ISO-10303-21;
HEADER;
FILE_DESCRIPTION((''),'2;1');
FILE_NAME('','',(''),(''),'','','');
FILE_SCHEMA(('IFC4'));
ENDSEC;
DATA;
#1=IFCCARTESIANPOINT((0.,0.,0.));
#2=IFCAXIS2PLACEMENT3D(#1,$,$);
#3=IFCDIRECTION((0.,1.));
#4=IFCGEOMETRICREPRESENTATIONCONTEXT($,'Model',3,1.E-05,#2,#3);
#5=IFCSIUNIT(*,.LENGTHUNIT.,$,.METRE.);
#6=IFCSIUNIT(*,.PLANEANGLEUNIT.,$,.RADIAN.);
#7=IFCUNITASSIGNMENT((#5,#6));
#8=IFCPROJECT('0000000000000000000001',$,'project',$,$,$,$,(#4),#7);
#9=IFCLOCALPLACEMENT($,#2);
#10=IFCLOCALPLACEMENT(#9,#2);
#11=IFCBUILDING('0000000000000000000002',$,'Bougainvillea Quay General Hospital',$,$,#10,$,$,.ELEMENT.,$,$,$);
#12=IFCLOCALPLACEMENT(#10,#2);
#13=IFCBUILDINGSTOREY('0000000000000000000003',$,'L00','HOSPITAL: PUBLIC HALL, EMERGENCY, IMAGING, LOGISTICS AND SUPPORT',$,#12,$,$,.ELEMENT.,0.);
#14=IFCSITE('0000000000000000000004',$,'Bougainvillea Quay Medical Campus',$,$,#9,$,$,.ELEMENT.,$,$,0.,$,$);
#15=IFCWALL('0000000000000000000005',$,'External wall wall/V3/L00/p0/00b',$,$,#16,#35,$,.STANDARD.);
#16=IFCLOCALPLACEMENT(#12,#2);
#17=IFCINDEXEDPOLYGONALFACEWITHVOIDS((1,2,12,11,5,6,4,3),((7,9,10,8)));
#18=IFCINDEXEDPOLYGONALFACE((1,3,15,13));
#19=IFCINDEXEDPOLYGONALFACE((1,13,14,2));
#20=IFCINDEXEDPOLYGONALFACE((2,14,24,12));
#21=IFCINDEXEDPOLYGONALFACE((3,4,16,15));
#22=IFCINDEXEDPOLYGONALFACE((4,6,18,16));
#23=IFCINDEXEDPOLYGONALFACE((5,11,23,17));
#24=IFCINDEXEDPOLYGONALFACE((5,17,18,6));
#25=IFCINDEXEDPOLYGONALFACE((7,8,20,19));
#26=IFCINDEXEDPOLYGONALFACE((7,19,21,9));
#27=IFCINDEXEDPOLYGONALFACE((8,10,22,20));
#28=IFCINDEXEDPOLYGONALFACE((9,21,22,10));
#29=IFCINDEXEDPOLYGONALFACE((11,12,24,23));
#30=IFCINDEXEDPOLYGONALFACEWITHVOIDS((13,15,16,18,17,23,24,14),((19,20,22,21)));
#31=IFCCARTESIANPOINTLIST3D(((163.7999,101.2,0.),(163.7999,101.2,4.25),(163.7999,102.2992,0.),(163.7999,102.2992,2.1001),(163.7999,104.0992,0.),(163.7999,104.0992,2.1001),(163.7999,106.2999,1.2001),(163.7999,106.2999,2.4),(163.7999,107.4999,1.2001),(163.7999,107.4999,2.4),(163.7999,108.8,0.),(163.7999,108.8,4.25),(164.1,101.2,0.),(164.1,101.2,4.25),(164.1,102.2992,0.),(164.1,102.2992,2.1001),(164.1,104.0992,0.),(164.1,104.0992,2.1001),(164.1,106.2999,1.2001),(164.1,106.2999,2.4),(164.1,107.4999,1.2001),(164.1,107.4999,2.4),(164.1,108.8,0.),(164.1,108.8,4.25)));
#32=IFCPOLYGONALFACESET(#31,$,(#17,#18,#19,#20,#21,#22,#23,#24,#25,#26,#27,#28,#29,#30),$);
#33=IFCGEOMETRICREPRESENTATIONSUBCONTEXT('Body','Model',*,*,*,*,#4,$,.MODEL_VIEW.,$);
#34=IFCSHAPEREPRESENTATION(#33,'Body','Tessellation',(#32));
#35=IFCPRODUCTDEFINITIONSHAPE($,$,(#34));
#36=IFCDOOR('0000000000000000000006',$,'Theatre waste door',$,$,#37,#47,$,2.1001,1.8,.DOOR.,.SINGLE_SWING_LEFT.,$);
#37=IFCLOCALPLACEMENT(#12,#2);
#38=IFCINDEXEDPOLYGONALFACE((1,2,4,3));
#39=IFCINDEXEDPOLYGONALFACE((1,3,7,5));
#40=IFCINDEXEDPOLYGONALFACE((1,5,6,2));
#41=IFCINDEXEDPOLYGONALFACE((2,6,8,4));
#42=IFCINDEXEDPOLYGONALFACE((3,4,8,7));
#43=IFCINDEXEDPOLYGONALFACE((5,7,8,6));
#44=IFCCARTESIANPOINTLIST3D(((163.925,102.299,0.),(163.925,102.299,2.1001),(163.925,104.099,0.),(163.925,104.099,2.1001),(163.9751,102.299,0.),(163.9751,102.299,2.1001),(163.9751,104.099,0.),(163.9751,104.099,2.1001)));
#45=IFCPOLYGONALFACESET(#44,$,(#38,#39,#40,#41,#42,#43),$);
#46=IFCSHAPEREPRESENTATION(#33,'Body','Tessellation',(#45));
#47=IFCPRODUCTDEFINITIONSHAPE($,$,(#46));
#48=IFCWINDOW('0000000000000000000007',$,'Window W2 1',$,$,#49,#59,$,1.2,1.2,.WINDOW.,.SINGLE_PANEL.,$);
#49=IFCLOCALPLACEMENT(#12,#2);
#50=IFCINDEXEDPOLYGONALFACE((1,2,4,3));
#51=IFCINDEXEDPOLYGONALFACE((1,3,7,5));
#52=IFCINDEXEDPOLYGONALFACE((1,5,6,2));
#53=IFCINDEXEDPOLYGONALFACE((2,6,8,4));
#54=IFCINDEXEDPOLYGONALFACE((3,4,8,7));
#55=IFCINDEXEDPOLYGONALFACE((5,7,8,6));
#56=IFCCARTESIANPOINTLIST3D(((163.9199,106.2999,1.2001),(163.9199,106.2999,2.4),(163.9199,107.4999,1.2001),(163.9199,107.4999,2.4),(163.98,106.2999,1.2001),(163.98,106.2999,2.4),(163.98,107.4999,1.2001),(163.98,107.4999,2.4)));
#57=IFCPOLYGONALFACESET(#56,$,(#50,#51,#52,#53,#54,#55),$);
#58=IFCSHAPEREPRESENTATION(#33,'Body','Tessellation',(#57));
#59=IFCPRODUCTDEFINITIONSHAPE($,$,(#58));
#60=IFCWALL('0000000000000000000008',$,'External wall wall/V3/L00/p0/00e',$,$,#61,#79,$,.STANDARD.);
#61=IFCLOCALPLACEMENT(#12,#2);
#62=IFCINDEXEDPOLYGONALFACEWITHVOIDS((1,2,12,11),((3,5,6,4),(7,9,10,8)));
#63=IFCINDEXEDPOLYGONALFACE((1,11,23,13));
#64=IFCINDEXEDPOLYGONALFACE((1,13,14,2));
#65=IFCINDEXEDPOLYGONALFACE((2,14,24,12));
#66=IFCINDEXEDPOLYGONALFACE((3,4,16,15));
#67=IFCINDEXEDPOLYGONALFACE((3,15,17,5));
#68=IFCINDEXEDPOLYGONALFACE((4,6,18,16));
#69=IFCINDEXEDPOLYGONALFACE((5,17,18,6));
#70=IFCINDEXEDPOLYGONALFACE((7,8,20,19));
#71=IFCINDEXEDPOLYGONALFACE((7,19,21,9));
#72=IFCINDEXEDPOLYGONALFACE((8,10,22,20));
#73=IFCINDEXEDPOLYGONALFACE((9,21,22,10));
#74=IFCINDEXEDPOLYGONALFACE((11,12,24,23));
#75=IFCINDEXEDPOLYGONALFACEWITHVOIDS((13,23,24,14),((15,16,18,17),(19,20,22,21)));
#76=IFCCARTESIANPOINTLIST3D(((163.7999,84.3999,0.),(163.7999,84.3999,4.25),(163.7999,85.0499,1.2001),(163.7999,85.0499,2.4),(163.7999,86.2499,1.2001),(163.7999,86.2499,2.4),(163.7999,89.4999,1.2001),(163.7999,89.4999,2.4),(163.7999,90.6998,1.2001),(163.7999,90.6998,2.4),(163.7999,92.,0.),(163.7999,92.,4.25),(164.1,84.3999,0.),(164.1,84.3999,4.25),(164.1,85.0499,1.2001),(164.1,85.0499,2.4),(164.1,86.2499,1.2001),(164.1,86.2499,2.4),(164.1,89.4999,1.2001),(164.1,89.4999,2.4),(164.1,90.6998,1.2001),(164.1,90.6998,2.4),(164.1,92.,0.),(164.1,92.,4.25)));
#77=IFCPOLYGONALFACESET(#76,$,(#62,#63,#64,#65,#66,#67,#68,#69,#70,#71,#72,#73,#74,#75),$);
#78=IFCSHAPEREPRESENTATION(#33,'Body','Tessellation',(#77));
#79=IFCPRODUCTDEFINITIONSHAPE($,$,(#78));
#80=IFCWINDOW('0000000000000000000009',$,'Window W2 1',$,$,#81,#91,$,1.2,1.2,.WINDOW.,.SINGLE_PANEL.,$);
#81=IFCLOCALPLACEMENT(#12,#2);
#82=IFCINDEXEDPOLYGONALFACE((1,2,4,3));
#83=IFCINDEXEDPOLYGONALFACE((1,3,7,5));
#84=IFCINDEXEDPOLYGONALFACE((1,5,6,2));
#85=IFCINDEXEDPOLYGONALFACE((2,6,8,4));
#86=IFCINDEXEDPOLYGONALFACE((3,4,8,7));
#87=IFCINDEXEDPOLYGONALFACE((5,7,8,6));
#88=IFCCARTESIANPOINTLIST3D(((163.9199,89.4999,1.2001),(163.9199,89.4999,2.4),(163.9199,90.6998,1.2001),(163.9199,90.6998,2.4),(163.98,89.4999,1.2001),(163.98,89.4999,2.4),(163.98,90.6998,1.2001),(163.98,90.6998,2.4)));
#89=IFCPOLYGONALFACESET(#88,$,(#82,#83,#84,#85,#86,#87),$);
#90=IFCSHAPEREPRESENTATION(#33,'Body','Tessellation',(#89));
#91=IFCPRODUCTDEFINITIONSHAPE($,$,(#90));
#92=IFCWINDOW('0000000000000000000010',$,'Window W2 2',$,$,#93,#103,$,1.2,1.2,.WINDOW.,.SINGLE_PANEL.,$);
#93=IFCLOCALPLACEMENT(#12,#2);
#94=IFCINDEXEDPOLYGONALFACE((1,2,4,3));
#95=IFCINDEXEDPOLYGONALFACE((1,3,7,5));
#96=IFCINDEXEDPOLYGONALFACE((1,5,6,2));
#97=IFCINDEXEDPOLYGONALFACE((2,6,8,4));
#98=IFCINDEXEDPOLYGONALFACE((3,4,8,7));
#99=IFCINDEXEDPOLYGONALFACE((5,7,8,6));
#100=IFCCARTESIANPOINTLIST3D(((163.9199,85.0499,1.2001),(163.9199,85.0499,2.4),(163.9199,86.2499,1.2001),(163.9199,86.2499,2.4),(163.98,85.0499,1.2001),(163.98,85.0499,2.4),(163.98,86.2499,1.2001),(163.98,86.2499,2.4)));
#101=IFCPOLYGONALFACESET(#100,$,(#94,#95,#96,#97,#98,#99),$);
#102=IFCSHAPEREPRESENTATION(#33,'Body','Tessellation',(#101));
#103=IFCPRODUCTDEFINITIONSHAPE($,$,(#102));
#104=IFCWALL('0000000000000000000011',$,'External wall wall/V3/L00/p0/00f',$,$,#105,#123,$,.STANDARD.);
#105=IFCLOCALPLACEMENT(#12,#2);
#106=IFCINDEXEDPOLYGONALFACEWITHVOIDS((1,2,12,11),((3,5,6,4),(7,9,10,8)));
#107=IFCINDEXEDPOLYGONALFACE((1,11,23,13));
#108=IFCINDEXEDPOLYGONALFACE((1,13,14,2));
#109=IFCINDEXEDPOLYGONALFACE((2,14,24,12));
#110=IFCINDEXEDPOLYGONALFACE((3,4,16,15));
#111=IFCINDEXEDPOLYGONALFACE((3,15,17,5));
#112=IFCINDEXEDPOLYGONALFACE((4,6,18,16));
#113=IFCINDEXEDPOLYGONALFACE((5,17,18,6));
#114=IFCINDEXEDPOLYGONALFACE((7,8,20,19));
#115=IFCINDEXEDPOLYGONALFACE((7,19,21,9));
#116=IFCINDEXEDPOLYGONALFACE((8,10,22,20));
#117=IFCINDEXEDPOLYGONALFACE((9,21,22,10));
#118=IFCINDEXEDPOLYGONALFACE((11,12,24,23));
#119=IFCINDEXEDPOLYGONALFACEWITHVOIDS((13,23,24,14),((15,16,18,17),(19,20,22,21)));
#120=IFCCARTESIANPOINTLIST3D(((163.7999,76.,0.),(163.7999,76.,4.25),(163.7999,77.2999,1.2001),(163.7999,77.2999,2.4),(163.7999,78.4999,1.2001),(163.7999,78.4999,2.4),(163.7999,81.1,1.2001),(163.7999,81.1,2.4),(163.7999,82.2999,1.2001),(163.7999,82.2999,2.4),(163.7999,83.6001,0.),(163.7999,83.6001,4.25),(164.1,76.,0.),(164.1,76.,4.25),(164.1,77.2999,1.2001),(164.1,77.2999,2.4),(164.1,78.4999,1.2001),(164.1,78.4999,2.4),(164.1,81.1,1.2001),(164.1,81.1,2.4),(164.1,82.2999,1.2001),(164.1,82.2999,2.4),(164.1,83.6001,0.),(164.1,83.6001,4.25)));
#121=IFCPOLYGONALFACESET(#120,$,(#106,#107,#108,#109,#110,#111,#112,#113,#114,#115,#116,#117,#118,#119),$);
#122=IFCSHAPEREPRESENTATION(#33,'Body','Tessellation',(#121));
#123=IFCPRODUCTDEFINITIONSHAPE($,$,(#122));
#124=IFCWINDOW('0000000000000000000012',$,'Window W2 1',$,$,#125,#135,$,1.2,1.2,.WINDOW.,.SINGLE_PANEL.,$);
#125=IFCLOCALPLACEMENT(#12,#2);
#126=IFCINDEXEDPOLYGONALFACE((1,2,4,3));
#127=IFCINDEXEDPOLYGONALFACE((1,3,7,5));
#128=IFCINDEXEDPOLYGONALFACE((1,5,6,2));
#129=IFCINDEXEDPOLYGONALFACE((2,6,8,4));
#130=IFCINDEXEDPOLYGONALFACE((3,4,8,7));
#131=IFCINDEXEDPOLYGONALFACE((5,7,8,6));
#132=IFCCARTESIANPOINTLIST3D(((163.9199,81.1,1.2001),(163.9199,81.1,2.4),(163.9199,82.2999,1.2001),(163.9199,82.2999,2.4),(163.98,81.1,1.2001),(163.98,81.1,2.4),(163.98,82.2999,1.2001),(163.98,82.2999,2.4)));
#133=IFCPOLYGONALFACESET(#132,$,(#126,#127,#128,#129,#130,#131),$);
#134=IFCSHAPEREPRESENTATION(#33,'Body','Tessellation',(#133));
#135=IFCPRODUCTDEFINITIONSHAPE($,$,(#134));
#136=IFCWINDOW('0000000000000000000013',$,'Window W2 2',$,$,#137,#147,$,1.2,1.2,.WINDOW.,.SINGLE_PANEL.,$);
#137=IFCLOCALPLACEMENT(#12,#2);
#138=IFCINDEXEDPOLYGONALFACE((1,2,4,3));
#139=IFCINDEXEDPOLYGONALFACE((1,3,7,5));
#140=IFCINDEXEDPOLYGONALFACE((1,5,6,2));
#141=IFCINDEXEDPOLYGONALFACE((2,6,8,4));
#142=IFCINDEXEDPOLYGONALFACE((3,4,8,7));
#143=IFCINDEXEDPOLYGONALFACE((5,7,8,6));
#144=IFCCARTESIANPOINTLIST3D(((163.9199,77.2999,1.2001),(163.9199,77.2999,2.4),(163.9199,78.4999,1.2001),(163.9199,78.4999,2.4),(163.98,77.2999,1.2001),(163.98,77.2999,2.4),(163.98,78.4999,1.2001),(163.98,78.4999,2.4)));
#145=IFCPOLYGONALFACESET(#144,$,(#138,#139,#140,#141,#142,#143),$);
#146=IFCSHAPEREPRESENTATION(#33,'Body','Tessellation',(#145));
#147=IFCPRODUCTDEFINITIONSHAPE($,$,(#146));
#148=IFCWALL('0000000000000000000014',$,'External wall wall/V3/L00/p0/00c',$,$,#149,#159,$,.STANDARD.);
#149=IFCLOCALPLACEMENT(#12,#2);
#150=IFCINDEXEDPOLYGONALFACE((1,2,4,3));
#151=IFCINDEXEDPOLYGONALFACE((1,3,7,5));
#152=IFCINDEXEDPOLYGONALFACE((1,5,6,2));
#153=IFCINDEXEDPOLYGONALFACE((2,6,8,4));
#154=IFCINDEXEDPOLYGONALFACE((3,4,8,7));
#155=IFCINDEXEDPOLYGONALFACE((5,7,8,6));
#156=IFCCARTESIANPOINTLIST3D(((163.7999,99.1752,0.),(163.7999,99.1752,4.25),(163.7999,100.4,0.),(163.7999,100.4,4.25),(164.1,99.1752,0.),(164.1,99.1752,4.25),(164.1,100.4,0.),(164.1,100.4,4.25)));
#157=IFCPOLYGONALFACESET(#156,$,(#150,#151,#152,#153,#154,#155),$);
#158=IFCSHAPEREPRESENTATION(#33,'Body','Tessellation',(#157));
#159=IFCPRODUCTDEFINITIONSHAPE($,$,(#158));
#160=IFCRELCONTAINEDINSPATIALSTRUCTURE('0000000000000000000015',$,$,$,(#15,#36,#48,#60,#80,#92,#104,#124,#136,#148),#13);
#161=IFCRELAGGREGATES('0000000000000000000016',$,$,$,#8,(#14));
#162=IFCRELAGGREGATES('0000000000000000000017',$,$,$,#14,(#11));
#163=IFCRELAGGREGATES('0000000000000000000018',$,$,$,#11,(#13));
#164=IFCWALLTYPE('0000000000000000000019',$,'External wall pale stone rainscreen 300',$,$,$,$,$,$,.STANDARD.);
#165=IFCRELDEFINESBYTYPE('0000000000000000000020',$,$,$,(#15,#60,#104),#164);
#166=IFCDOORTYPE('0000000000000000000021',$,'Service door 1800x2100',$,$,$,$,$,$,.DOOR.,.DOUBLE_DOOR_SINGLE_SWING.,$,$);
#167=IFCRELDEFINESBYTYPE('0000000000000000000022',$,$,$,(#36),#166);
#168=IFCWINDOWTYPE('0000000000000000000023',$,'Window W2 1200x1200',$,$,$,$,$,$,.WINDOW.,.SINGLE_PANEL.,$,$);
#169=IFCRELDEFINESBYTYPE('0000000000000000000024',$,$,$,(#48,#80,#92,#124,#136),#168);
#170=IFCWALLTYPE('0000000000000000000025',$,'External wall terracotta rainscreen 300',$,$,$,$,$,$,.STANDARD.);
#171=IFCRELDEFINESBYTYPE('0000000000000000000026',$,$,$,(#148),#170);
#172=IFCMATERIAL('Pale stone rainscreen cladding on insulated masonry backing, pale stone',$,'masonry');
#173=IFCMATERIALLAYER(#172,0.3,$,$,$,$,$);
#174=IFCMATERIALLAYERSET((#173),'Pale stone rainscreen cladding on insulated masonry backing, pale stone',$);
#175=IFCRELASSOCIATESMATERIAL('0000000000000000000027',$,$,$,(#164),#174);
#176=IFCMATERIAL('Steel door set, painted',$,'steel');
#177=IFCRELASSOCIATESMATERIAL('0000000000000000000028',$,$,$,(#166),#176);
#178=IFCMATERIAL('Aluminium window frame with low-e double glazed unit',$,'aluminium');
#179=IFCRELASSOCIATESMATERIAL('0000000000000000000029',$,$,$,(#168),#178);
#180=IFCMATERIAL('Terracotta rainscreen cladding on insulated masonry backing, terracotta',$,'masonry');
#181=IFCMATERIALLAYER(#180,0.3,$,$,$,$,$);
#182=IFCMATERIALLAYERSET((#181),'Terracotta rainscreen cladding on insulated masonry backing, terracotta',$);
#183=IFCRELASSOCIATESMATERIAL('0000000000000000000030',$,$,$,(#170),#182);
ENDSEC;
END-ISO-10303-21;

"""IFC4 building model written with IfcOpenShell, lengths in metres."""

from ifc_helpers import new_model, si_unit, direction, frame, frame_2d, origin, place, context, subcontext, project, spatial, rectangle, extrude, material, layer, layer_set, type_object, element, fill, save


model = new_model("IFC4")

# Units and contexts
model_context = context("Model", 3, precision=1e-05, world=origin(), true_north=direction((0.0, 1.0)))
body_context = subcontext(model_context, "Body", "Model", "MODEL_VIEW")
ifc_project = project(units=[si_unit("LENGTHUNIT", "METRE"), si_unit("PLANEANGLEUNIT", "RADIAN")], contexts=[model_context])

# Site, building, storey
site_placement = place(None, origin())
site = spatial("IfcSite", under=ifc_project, at=site_placement, Name="Bougainvillea Quay Medical Campus", CompositionType="ELEMENT", RefElevation=0.0)
building_placement = place(site_placement, origin())
building = spatial("IfcBuilding", under=site, at=building_placement, Name="Bougainvillea Quay General Hospital", CompositionType="ELEMENT")
storey_placement = place(building_placement, origin())
storey = spatial("IfcBuildingStorey", under=building, at=storey_placement, Name="L00", Description="HOSPITAL: PUBLIC HALL, EMERGENCY, IMAGING, LOGISTICS AND SUPPORT", CompositionType="ELEMENT", Elevation=0.0)

# Wall, openings, door, window
ifc_material_1 = material(Name="Pale stone rainscreen cladding on insulated masonry backing, pale stone", Category="masonry")
ifc_layer_1 = layer(ifc_material_1, 0.3)
ifc_layer_set_1 = layer_set([ifc_layer_1], Name="Pale stone rainscreen cladding on insulated masonry backing, pale stone")
wall_type_1 = type_object("IfcWallType", Name="External wall pale stone rainscreen 300", PredefinedType="STANDARD", material=ifc_layer_set_1)
wall_1_placement = place(storey_placement, frame((163.95, 108.8, 0.0), z_axis=(0.0, 0.0, 1.0), x_axis=(0.0, -1.0, 0.0)))
wall_1 = element("IfcWall", 1, at=wall_1_placement, inside=storey, type_object=wall_type_1, Name="External wall wall/V3/L00/p0/00b", PredefinedType="STANDARD", context=body_context, shape_type="SweptSolid", body=[
    extrude(rectangle(XDim=7.6001, YDim=0.3, at=frame_2d((3.8, 0.0))), origin(), (0.0, 0.0, 1.0), 4.25),
])
opening_1_placement = place(wall_1_placement, frame((4.7009, 0.0, 0.0)))
opening_1 = element("IfcOpeningElement", 2, at=opening_1_placement, cuts=wall_1, PredefinedType="OPENING", context=body_context, shape_type="SweptSolid", body=[
    extrude(rectangle(XDim=1.8, YDim=2.1001, at=frame_2d((0.8999, 1.05))), frame((0.0, 0.1599, 0.0), z_axis=(0.0, -1.0, 0.0), x_axis=(1.0, 0.0, 0.0)), (0.0, 0.0, 1.0), 0.3201),
])
opening_2_placement = place(wall_1_placement, frame((1.3, 0.0, 1.2)))
opening_2 = element("IfcOpeningElement", 3, at=opening_2_placement, cuts=wall_1, PredefinedType="OPENING", context=body_context, shape_type="SweptSolid", body=[
    extrude(rectangle(XDim=1.2, YDim=1.2, at=frame_2d((0.6001, 0.6001))), frame((0.0, 0.1599, 0.0), z_axis=(0.0, -1.0, 0.0), x_axis=(1.0, 0.0, 0.0)), (0.0, 0.0, 1.0), 0.3201),
])
ifc_material_2 = material(Name="Steel door set, painted", Category="steel")
door_type_1 = type_object("IfcDoorType", Name="Service door 1800x2100", OperationType="DOUBLE_DOOR_SINGLE_SWING", PredefinedType="DOOR", material=ifc_material_2)
door_1_placement = place(opening_1_placement, frame((1.8, 0.0, 0.0), z_axis=(0.0, 0.0, 1.0), x_axis=(-1.0, 0.0, 0.0)))
door_1 = element("IfcDoor", 4, at=door_1_placement, inside=storey, type_object=door_type_1, Name="Theatre waste door", OperationType="SINGLE_SWING_LEFT", OverallHeight=2.1001, OverallWidth=1.8, PredefinedType="DOOR", context=body_context, shape_type="SweptSolid", body=[
    extrude(rectangle(XDim=1.8, YDim=2.1001, at=frame_2d((0.8999, 1.05))), frame((0.0, 0.0249, 0.0), z_axis=(0.0, -1.0, 0.0), x_axis=(1.0, 0.0, 0.0)), (0.0, 0.0, 1.0), 0.05),
])
fill(opening_1, door_1)
ifc_material_3 = material(Name="Aluminium window frame with low-e double glazed unit", Category="aluminium")
window_type = type_object("IfcWindowType", Name="Window W2 1200x1200", PartitioningType="SINGLE_PANEL", PredefinedType="WINDOW", material=ifc_material_3)
window_1_placement = place(opening_2_placement, origin())
window_1 = element("IfcWindow", 5, at=window_1_placement, inside=storey, type_object=window_type, Name="Window W2 1", OverallHeight=1.2, OverallWidth=1.2, PartitioningType="SINGLE_PANEL", PredefinedType="WINDOW", context=body_context, shape_type="SweptSolid", body=[
    extrude(rectangle(XDim=1.2, YDim=1.2, at=frame_2d((0.6001, 0.6001))), frame((0.0, 0.03, 0.0), z_axis=(0.0, -1.0, 0.0), x_axis=(1.0, 0.0, 0.0)), (0.0, 0.0, 1.0), 0.0601),
])
fill(opening_2, window_1)

# Walls, openings, windows
wall_2_placement = place(storey_placement, frame((163.95, 92.0, 0.0), z_axis=(0.0, 0.0, 1.0), x_axis=(0.0, -1.0, 0.0)))
wall_2 = element("IfcWall", 6, at=wall_2_placement, inside=storey, type_object=wall_type_1, Name="External wall wall/V3/L00/p0/00e", PredefinedType="STANDARD", context=body_context, shape_type="SweptSolid", body=[
    extrude(rectangle(XDim=7.6001, YDim=0.3, at=frame_2d((3.8, 0.0))), origin(), (0.0, 0.0, 1.0), 4.25),
])
opening_3_placement = place(wall_2_placement, frame((1.3, 0.0, 1.2)))
opening_3 = element("IfcOpeningElement", 7, at=opening_3_placement, cuts=wall_2, PredefinedType="OPENING", context=body_context, shape_type="SweptSolid", body=[
    extrude(rectangle(XDim=1.2, YDim=1.2, at=frame_2d((0.6001, 0.6001))), frame((0.0, 0.1599, 0.0), z_axis=(0.0, -1.0, 0.0), x_axis=(1.0, 0.0, 0.0)), (0.0, 0.0, 1.0), 0.3201),
])
opening_4_placement = place(wall_2_placement, frame((5.75, 0.0, 1.2)))
opening_4 = element("IfcOpeningElement", 8, at=opening_4_placement, cuts=wall_2, PredefinedType="OPENING", context=body_context, shape_type="SweptSolid", body=[
    extrude(rectangle(XDim=1.2, YDim=1.2, at=frame_2d((0.6001, 0.6001))), frame((0.0, 0.1599, 0.0), z_axis=(0.0, -1.0, 0.0), x_axis=(1.0, 0.0, 0.0)), (0.0, 0.0, 1.0), 0.3201),
])
window_2_placement = place(opening_3_placement, origin())
window_2 = element("IfcWindow", 9, at=window_2_placement, inside=storey, type_object=window_type, Name="Window W2 1", OverallHeight=1.2, OverallWidth=1.2, PartitioningType="SINGLE_PANEL", PredefinedType="WINDOW", context=body_context, shape_type="SweptSolid", body=[
    extrude(rectangle(XDim=1.2, YDim=1.2, at=frame_2d((0.6001, 0.6001))), frame((0.0, 0.03, 0.0), z_axis=(0.0, -1.0, 0.0), x_axis=(1.0, 0.0, 0.0)), (0.0, 0.0, 1.0), 0.0601),
])
fill(opening_3, window_2)
window_3_placement = place(opening_4_placement, origin())
window_3 = element("IfcWindow", 10, at=window_3_placement, inside=storey, type_object=window_type, Name="Window W2 2", OverallHeight=1.2, OverallWidth=1.2, PartitioningType="SINGLE_PANEL", PredefinedType="WINDOW", context=body_context, shape_type="SweptSolid", body=[
    extrude(rectangle(XDim=1.2, YDim=1.2, at=frame_2d((0.6001, 0.6001))), frame((0.0, 0.03, 0.0), z_axis=(0.0, -1.0, 0.0), x_axis=(1.0, 0.0, 0.0)), (0.0, 0.0, 1.0), 0.0601),
])
fill(opening_4, window_3)
wall_3_placement = place(storey_placement, frame((163.95, 83.6001, 0.0), z_axis=(0.0, 0.0, 1.0), x_axis=(0.0, -1.0, 0.0)))
wall_3 = element("IfcWall", 11, at=wall_3_placement, inside=storey, type_object=wall_type_1, Name="External wall wall/V3/L00/p0/00f", PredefinedType="STANDARD", context=body_context, shape_type="SweptSolid", body=[
    extrude(rectangle(XDim=7.6001, YDim=0.3, at=frame_2d((3.8, 0.0))), origin(), (0.0, 0.0, 1.0), 4.25),
])
opening_5_placement = place(wall_3_placement, frame((1.3, 0.0, 1.2)))
opening_5 = element("IfcOpeningElement", 12, at=opening_5_placement, cuts=wall_3, PredefinedType="OPENING", context=body_context, shape_type="SweptSolid", body=[
    extrude(rectangle(XDim=1.2, YDim=1.2, at=frame_2d((0.6001, 0.6001))), frame((0.0, 0.1599, 0.0), z_axis=(0.0, -1.0, 0.0), x_axis=(1.0, 0.0, 0.0)), (0.0, 0.0, 1.0), 0.3201),
])
opening_6_placement = place(wall_3_placement, frame((5.1001, 0.0, 1.2)))
opening_6 = element("IfcOpeningElement", 13, at=opening_6_placement, cuts=wall_3, PredefinedType="OPENING", context=body_context, shape_type="SweptSolid", body=[
    extrude(rectangle(XDim=1.2, YDim=1.2, at=frame_2d((0.6001, 0.6001))), frame((0.0, 0.1599, 0.0), z_axis=(0.0, -1.0, 0.0), x_axis=(1.0, 0.0, 0.0)), (0.0, 0.0, 1.0), 0.3201),
])
window_4_placement = place(opening_5_placement, origin())
window_4 = element("IfcWindow", 14, at=window_4_placement, inside=storey, type_object=window_type, Name="Window W2 1", OverallHeight=1.2, OverallWidth=1.2, PartitioningType="SINGLE_PANEL", PredefinedType="WINDOW", context=body_context, shape_type="SweptSolid", body=[
    extrude(rectangle(XDim=1.2, YDim=1.2, at=frame_2d((0.6001, 0.6001))), frame((0.0, 0.03, 0.0), z_axis=(0.0, -1.0, 0.0), x_axis=(1.0, 0.0, 0.0)), (0.0, 0.0, 1.0), 0.0601),
])
fill(opening_5, window_4)
window_5_placement = place(opening_6_placement, origin())
window_5 = element("IfcWindow", 15, at=window_5_placement, inside=storey, type_object=window_type, Name="Window W2 2", OverallHeight=1.2, OverallWidth=1.2, PartitioningType="SINGLE_PANEL", PredefinedType="WINDOW", context=body_context, shape_type="SweptSolid", body=[
    extrude(rectangle(XDim=1.2, YDim=1.2, at=frame_2d((0.6001, 0.6001))), frame((0.0, 0.03, 0.0), z_axis=(0.0, -1.0, 0.0), x_axis=(1.0, 0.0, 0.0)), (0.0, 0.0, 1.0), 0.0601),
])
fill(opening_6, window_5)

# Wall
ifc_material_4 = material(Name="Terracotta rainscreen cladding on insulated masonry backing, terracotta", Category="masonry")
ifc_layer_2 = layer(ifc_material_4, 0.3)
ifc_layer_set_2 = layer_set([ifc_layer_2], Name="Terracotta rainscreen cladding on insulated masonry backing, terracotta")
wall_type_2 = type_object("IfcWallType", Name="External wall terracotta rainscreen 300", PredefinedType="STANDARD", material=ifc_layer_set_2)
for number, where, z_axis, x_axis, name in (
    (16, (163.95, 100.3999, 0.0), (0.0, 0.0, 1.0), (0.0, -1.0, 0.0), "External wall wall/V3/L00/p0/00c"),
):
    element("IfcWall", number, at=place(storey_placement, frame(where, z_axis=z_axis, x_axis=x_axis)), inside=storey, type_object=wall_type_2, Name=name, PredefinedType="STANDARD", context=body_context, shape_type="SweptSolid", body=[
        extrude(rectangle(XDim=1.2249, YDim=0.3, at=frame_2d((0.6123, 0.0))), origin(), (0.0, 0.0, 1.0), 4.25),
    ])

save(model, "model.ifc")
